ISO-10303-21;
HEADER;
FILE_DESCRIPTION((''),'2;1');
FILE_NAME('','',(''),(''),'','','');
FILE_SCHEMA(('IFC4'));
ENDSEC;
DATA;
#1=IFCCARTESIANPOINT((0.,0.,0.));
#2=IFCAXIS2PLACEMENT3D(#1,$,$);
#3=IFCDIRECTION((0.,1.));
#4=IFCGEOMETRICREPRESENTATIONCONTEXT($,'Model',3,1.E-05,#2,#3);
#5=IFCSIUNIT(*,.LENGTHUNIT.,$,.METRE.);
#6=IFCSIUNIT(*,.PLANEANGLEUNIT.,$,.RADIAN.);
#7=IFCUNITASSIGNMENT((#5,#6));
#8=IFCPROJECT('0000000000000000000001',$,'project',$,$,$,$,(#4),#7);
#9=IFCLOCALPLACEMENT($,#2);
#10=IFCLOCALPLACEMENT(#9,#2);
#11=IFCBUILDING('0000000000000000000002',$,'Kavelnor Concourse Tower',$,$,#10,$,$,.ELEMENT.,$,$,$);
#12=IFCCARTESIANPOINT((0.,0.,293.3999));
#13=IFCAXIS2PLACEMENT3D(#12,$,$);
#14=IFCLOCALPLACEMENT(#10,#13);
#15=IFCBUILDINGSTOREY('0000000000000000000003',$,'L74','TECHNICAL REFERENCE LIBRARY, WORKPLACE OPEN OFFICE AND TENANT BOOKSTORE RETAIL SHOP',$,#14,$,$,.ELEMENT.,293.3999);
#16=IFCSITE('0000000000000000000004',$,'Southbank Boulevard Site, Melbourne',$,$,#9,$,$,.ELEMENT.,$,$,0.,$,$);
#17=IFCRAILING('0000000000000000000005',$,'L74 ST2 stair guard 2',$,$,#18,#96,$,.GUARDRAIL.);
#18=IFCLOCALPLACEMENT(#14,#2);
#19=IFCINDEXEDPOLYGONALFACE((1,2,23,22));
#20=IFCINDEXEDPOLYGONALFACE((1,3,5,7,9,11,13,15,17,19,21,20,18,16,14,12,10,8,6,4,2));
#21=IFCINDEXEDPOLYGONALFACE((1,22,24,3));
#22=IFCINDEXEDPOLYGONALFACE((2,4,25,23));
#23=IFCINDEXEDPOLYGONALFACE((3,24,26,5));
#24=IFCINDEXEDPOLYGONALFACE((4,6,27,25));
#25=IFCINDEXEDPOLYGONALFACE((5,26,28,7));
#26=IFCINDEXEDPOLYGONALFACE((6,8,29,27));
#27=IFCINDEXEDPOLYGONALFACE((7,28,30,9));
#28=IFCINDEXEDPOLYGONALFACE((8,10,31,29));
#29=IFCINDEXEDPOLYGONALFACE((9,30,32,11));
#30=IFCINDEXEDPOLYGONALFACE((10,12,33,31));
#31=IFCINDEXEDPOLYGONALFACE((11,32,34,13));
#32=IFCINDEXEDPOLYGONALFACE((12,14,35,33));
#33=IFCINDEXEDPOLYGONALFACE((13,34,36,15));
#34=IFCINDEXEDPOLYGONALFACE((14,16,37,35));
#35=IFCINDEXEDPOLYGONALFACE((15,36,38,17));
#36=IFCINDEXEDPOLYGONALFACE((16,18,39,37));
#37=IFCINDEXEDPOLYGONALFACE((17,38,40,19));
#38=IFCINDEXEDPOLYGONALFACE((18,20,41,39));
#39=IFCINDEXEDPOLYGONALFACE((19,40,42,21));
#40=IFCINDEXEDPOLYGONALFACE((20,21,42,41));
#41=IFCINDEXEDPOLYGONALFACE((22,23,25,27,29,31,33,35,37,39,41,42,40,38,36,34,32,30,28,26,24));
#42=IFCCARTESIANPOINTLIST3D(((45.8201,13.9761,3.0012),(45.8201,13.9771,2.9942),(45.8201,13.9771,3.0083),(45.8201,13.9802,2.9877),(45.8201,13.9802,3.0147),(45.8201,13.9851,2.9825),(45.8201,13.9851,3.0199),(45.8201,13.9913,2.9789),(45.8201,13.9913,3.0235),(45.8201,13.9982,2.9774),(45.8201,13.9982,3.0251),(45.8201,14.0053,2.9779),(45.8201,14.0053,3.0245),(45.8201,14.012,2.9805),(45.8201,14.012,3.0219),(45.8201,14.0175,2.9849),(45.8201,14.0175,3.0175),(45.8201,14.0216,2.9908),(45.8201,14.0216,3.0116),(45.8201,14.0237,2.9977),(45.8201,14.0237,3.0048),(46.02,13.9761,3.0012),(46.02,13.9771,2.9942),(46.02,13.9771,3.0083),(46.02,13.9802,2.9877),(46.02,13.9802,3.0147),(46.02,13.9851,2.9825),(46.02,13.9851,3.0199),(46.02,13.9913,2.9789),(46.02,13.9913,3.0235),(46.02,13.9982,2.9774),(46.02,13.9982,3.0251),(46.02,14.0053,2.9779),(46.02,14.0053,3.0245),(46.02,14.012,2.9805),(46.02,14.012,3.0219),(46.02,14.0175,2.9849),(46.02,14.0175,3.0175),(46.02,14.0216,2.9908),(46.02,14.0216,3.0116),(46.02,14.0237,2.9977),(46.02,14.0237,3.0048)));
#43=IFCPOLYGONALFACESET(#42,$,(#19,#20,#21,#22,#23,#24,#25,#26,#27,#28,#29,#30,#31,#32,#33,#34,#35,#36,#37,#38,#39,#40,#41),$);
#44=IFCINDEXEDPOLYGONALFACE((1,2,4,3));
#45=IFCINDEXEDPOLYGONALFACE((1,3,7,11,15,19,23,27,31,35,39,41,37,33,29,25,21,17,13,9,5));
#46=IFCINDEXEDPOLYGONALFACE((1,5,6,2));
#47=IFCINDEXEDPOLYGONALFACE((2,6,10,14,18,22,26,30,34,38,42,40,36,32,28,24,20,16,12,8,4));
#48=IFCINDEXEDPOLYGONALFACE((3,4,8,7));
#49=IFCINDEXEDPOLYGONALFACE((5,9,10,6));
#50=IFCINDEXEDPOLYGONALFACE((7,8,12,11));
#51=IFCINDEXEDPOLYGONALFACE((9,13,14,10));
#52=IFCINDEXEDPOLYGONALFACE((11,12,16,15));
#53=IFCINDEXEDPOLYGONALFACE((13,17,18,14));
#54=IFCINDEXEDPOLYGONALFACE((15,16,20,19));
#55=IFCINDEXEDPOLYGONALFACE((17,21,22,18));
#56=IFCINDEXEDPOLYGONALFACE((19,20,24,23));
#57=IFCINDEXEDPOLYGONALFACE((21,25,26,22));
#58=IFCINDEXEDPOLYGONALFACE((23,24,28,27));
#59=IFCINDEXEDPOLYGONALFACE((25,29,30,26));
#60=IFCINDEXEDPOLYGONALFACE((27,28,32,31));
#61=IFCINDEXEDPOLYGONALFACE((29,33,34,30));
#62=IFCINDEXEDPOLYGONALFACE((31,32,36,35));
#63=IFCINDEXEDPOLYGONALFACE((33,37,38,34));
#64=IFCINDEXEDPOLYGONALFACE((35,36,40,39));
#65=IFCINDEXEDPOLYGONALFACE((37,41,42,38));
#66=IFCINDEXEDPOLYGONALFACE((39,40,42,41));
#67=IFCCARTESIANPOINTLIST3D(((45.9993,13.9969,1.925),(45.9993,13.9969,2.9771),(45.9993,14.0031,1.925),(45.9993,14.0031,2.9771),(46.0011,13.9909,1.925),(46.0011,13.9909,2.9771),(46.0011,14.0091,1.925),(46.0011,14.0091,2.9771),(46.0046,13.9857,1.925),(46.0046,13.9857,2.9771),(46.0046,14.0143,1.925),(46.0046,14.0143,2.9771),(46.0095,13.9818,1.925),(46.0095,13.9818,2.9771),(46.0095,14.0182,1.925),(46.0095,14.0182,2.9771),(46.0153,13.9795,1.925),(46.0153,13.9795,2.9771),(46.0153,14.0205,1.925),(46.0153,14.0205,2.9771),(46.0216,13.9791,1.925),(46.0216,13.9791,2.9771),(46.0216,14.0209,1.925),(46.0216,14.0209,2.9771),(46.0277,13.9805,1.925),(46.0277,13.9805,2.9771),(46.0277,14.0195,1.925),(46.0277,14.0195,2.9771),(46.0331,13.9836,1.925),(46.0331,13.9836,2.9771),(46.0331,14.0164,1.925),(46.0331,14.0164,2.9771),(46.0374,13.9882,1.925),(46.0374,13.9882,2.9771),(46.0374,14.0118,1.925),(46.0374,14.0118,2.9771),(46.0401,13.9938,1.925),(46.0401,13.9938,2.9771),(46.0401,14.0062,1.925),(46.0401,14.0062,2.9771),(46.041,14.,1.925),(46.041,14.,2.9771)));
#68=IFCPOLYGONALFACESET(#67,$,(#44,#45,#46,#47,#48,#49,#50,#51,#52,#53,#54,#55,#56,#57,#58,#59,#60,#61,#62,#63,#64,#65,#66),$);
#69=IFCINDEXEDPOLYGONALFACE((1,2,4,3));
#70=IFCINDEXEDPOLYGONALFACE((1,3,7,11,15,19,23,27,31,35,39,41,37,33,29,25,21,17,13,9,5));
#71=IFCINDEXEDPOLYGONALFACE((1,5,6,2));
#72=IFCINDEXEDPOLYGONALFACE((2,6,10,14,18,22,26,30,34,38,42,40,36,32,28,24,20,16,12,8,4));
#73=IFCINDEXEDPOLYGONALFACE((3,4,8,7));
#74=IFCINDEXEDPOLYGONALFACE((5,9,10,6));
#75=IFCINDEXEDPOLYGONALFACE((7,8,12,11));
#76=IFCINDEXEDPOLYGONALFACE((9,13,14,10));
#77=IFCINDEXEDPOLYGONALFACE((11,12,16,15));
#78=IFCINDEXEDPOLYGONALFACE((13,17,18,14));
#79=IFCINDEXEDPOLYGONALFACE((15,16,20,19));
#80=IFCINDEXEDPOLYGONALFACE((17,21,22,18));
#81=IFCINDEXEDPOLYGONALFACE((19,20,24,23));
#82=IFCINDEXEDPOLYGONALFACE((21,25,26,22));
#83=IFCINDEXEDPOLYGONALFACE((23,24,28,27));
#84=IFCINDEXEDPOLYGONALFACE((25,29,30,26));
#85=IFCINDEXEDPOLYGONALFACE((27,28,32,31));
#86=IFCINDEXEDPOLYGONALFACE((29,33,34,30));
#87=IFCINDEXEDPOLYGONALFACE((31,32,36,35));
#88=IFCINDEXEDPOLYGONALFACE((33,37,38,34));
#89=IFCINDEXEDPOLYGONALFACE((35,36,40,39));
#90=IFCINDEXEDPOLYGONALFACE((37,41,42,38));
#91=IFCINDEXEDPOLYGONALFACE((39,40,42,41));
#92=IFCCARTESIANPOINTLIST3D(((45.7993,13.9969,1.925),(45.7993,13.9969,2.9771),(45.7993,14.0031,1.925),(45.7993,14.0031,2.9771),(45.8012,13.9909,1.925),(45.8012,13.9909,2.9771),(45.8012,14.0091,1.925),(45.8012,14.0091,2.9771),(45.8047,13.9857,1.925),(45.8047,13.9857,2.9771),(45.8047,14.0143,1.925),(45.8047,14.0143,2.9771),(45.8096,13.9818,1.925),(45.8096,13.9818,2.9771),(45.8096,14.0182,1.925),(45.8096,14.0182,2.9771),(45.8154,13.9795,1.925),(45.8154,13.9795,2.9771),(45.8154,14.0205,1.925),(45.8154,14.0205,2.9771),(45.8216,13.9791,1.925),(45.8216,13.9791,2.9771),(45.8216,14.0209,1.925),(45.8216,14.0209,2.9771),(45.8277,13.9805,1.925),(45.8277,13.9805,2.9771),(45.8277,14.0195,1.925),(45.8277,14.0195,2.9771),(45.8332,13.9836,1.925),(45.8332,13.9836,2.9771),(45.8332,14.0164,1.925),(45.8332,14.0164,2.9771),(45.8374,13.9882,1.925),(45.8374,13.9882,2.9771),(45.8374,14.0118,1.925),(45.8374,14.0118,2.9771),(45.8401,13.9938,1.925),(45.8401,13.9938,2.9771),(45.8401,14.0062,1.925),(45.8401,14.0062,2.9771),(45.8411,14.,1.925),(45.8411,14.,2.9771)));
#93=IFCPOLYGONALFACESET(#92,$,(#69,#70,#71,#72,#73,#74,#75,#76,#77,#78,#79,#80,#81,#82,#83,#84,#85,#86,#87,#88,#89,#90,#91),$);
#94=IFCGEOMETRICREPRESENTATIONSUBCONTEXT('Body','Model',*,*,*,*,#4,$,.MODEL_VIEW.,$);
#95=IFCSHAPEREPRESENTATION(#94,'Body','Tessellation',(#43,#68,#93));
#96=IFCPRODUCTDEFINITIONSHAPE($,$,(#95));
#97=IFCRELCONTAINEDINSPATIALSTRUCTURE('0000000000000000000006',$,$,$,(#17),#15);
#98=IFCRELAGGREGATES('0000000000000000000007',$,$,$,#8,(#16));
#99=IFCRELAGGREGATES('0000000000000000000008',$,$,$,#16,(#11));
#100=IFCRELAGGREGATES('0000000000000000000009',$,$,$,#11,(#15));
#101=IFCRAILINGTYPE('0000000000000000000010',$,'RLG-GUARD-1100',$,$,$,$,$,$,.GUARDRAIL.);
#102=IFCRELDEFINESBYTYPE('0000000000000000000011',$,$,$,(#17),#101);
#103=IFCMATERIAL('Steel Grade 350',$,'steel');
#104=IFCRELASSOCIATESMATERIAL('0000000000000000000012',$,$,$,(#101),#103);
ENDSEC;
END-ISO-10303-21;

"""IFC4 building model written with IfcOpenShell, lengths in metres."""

from ifc_helpers import new_model, si_unit, direction, frame, origin, origin_2d, place, context, subcontext, project, spatial, circle, extrude, material, type_object, element, save


model = new_model("IFC4")

# Units and contexts
model_context = context("Model", 3, precision=1e-05, world=origin(), true_north=direction((0.0, 1.0)))
body_context = subcontext(model_context, "Body", "Model", "MODEL_VIEW")
ifc_project = project(units=[si_unit("LENGTHUNIT", "METRE"), si_unit("PLANEANGLEUNIT", "RADIAN")], contexts=[model_context])

# Site, building, storey
site_placement = place(None, origin())
site = spatial("IfcSite", under=ifc_project, at=site_placement, Name="Southbank Boulevard Site, Melbourne", CompositionType="ELEMENT", RefElevation=0.0)
building_placement = place(site_placement, origin())
building = spatial("IfcBuilding", under=site, at=building_placement, Name="Kavelnor Concourse Tower", CompositionType="ELEMENT")
storey_placement = place(building_placement, frame((0.0, 0.0, 293.3999)))
storey = spatial("IfcBuildingStorey", under=building, at=storey_placement, Name="L74", Description="TECHNICAL REFERENCE LIBRARY, WORKPLACE OPEN OFFICE AND TENANT BOOKSTORE RETAIL SHOP", CompositionType="ELEMENT", Elevation=293.3999)

# Shared definitions
ifc_material_1 = material(Name="Steel Grade 350", Category="steel")

# Railing
railing_type_1 = type_object("IfcRailingType", Name="RLG-GUARD-1100", PredefinedType="GUARDRAIL", material=ifc_material_1)
railing_1_placement = place(storey_placement, frame((46.02, 14.0, 1.925)))
element("IfcRailing", 1, at=railing_1_placement, inside=storey, type_object=railing_type_1, Name="L74 ST2 stair guard 2", PredefinedType="GUARDRAIL", context=body_context, shape_type="SweptSolid", body=[
    extrude(circle(Radius=0.0239, at=origin_2d()), frame((0.0, 0.0, 1.0762), z_axis=(-1.0, 0.0, 0.0), x_axis=(0.0, -1.0, 0.0)), (0.0, 0.0, 1.0), 0.2),
    extrude(circle(Radius=0.021, at=origin_2d()), origin(), (0.0, 0.0, 1.0), 1.052),
    extrude(circle(Radius=0.021, at=origin_2d()), frame((-0.2, 0.0, 0.0)), (0.0, 0.0, 1.0), 1.052),
])

save(model, "model.ifc")
